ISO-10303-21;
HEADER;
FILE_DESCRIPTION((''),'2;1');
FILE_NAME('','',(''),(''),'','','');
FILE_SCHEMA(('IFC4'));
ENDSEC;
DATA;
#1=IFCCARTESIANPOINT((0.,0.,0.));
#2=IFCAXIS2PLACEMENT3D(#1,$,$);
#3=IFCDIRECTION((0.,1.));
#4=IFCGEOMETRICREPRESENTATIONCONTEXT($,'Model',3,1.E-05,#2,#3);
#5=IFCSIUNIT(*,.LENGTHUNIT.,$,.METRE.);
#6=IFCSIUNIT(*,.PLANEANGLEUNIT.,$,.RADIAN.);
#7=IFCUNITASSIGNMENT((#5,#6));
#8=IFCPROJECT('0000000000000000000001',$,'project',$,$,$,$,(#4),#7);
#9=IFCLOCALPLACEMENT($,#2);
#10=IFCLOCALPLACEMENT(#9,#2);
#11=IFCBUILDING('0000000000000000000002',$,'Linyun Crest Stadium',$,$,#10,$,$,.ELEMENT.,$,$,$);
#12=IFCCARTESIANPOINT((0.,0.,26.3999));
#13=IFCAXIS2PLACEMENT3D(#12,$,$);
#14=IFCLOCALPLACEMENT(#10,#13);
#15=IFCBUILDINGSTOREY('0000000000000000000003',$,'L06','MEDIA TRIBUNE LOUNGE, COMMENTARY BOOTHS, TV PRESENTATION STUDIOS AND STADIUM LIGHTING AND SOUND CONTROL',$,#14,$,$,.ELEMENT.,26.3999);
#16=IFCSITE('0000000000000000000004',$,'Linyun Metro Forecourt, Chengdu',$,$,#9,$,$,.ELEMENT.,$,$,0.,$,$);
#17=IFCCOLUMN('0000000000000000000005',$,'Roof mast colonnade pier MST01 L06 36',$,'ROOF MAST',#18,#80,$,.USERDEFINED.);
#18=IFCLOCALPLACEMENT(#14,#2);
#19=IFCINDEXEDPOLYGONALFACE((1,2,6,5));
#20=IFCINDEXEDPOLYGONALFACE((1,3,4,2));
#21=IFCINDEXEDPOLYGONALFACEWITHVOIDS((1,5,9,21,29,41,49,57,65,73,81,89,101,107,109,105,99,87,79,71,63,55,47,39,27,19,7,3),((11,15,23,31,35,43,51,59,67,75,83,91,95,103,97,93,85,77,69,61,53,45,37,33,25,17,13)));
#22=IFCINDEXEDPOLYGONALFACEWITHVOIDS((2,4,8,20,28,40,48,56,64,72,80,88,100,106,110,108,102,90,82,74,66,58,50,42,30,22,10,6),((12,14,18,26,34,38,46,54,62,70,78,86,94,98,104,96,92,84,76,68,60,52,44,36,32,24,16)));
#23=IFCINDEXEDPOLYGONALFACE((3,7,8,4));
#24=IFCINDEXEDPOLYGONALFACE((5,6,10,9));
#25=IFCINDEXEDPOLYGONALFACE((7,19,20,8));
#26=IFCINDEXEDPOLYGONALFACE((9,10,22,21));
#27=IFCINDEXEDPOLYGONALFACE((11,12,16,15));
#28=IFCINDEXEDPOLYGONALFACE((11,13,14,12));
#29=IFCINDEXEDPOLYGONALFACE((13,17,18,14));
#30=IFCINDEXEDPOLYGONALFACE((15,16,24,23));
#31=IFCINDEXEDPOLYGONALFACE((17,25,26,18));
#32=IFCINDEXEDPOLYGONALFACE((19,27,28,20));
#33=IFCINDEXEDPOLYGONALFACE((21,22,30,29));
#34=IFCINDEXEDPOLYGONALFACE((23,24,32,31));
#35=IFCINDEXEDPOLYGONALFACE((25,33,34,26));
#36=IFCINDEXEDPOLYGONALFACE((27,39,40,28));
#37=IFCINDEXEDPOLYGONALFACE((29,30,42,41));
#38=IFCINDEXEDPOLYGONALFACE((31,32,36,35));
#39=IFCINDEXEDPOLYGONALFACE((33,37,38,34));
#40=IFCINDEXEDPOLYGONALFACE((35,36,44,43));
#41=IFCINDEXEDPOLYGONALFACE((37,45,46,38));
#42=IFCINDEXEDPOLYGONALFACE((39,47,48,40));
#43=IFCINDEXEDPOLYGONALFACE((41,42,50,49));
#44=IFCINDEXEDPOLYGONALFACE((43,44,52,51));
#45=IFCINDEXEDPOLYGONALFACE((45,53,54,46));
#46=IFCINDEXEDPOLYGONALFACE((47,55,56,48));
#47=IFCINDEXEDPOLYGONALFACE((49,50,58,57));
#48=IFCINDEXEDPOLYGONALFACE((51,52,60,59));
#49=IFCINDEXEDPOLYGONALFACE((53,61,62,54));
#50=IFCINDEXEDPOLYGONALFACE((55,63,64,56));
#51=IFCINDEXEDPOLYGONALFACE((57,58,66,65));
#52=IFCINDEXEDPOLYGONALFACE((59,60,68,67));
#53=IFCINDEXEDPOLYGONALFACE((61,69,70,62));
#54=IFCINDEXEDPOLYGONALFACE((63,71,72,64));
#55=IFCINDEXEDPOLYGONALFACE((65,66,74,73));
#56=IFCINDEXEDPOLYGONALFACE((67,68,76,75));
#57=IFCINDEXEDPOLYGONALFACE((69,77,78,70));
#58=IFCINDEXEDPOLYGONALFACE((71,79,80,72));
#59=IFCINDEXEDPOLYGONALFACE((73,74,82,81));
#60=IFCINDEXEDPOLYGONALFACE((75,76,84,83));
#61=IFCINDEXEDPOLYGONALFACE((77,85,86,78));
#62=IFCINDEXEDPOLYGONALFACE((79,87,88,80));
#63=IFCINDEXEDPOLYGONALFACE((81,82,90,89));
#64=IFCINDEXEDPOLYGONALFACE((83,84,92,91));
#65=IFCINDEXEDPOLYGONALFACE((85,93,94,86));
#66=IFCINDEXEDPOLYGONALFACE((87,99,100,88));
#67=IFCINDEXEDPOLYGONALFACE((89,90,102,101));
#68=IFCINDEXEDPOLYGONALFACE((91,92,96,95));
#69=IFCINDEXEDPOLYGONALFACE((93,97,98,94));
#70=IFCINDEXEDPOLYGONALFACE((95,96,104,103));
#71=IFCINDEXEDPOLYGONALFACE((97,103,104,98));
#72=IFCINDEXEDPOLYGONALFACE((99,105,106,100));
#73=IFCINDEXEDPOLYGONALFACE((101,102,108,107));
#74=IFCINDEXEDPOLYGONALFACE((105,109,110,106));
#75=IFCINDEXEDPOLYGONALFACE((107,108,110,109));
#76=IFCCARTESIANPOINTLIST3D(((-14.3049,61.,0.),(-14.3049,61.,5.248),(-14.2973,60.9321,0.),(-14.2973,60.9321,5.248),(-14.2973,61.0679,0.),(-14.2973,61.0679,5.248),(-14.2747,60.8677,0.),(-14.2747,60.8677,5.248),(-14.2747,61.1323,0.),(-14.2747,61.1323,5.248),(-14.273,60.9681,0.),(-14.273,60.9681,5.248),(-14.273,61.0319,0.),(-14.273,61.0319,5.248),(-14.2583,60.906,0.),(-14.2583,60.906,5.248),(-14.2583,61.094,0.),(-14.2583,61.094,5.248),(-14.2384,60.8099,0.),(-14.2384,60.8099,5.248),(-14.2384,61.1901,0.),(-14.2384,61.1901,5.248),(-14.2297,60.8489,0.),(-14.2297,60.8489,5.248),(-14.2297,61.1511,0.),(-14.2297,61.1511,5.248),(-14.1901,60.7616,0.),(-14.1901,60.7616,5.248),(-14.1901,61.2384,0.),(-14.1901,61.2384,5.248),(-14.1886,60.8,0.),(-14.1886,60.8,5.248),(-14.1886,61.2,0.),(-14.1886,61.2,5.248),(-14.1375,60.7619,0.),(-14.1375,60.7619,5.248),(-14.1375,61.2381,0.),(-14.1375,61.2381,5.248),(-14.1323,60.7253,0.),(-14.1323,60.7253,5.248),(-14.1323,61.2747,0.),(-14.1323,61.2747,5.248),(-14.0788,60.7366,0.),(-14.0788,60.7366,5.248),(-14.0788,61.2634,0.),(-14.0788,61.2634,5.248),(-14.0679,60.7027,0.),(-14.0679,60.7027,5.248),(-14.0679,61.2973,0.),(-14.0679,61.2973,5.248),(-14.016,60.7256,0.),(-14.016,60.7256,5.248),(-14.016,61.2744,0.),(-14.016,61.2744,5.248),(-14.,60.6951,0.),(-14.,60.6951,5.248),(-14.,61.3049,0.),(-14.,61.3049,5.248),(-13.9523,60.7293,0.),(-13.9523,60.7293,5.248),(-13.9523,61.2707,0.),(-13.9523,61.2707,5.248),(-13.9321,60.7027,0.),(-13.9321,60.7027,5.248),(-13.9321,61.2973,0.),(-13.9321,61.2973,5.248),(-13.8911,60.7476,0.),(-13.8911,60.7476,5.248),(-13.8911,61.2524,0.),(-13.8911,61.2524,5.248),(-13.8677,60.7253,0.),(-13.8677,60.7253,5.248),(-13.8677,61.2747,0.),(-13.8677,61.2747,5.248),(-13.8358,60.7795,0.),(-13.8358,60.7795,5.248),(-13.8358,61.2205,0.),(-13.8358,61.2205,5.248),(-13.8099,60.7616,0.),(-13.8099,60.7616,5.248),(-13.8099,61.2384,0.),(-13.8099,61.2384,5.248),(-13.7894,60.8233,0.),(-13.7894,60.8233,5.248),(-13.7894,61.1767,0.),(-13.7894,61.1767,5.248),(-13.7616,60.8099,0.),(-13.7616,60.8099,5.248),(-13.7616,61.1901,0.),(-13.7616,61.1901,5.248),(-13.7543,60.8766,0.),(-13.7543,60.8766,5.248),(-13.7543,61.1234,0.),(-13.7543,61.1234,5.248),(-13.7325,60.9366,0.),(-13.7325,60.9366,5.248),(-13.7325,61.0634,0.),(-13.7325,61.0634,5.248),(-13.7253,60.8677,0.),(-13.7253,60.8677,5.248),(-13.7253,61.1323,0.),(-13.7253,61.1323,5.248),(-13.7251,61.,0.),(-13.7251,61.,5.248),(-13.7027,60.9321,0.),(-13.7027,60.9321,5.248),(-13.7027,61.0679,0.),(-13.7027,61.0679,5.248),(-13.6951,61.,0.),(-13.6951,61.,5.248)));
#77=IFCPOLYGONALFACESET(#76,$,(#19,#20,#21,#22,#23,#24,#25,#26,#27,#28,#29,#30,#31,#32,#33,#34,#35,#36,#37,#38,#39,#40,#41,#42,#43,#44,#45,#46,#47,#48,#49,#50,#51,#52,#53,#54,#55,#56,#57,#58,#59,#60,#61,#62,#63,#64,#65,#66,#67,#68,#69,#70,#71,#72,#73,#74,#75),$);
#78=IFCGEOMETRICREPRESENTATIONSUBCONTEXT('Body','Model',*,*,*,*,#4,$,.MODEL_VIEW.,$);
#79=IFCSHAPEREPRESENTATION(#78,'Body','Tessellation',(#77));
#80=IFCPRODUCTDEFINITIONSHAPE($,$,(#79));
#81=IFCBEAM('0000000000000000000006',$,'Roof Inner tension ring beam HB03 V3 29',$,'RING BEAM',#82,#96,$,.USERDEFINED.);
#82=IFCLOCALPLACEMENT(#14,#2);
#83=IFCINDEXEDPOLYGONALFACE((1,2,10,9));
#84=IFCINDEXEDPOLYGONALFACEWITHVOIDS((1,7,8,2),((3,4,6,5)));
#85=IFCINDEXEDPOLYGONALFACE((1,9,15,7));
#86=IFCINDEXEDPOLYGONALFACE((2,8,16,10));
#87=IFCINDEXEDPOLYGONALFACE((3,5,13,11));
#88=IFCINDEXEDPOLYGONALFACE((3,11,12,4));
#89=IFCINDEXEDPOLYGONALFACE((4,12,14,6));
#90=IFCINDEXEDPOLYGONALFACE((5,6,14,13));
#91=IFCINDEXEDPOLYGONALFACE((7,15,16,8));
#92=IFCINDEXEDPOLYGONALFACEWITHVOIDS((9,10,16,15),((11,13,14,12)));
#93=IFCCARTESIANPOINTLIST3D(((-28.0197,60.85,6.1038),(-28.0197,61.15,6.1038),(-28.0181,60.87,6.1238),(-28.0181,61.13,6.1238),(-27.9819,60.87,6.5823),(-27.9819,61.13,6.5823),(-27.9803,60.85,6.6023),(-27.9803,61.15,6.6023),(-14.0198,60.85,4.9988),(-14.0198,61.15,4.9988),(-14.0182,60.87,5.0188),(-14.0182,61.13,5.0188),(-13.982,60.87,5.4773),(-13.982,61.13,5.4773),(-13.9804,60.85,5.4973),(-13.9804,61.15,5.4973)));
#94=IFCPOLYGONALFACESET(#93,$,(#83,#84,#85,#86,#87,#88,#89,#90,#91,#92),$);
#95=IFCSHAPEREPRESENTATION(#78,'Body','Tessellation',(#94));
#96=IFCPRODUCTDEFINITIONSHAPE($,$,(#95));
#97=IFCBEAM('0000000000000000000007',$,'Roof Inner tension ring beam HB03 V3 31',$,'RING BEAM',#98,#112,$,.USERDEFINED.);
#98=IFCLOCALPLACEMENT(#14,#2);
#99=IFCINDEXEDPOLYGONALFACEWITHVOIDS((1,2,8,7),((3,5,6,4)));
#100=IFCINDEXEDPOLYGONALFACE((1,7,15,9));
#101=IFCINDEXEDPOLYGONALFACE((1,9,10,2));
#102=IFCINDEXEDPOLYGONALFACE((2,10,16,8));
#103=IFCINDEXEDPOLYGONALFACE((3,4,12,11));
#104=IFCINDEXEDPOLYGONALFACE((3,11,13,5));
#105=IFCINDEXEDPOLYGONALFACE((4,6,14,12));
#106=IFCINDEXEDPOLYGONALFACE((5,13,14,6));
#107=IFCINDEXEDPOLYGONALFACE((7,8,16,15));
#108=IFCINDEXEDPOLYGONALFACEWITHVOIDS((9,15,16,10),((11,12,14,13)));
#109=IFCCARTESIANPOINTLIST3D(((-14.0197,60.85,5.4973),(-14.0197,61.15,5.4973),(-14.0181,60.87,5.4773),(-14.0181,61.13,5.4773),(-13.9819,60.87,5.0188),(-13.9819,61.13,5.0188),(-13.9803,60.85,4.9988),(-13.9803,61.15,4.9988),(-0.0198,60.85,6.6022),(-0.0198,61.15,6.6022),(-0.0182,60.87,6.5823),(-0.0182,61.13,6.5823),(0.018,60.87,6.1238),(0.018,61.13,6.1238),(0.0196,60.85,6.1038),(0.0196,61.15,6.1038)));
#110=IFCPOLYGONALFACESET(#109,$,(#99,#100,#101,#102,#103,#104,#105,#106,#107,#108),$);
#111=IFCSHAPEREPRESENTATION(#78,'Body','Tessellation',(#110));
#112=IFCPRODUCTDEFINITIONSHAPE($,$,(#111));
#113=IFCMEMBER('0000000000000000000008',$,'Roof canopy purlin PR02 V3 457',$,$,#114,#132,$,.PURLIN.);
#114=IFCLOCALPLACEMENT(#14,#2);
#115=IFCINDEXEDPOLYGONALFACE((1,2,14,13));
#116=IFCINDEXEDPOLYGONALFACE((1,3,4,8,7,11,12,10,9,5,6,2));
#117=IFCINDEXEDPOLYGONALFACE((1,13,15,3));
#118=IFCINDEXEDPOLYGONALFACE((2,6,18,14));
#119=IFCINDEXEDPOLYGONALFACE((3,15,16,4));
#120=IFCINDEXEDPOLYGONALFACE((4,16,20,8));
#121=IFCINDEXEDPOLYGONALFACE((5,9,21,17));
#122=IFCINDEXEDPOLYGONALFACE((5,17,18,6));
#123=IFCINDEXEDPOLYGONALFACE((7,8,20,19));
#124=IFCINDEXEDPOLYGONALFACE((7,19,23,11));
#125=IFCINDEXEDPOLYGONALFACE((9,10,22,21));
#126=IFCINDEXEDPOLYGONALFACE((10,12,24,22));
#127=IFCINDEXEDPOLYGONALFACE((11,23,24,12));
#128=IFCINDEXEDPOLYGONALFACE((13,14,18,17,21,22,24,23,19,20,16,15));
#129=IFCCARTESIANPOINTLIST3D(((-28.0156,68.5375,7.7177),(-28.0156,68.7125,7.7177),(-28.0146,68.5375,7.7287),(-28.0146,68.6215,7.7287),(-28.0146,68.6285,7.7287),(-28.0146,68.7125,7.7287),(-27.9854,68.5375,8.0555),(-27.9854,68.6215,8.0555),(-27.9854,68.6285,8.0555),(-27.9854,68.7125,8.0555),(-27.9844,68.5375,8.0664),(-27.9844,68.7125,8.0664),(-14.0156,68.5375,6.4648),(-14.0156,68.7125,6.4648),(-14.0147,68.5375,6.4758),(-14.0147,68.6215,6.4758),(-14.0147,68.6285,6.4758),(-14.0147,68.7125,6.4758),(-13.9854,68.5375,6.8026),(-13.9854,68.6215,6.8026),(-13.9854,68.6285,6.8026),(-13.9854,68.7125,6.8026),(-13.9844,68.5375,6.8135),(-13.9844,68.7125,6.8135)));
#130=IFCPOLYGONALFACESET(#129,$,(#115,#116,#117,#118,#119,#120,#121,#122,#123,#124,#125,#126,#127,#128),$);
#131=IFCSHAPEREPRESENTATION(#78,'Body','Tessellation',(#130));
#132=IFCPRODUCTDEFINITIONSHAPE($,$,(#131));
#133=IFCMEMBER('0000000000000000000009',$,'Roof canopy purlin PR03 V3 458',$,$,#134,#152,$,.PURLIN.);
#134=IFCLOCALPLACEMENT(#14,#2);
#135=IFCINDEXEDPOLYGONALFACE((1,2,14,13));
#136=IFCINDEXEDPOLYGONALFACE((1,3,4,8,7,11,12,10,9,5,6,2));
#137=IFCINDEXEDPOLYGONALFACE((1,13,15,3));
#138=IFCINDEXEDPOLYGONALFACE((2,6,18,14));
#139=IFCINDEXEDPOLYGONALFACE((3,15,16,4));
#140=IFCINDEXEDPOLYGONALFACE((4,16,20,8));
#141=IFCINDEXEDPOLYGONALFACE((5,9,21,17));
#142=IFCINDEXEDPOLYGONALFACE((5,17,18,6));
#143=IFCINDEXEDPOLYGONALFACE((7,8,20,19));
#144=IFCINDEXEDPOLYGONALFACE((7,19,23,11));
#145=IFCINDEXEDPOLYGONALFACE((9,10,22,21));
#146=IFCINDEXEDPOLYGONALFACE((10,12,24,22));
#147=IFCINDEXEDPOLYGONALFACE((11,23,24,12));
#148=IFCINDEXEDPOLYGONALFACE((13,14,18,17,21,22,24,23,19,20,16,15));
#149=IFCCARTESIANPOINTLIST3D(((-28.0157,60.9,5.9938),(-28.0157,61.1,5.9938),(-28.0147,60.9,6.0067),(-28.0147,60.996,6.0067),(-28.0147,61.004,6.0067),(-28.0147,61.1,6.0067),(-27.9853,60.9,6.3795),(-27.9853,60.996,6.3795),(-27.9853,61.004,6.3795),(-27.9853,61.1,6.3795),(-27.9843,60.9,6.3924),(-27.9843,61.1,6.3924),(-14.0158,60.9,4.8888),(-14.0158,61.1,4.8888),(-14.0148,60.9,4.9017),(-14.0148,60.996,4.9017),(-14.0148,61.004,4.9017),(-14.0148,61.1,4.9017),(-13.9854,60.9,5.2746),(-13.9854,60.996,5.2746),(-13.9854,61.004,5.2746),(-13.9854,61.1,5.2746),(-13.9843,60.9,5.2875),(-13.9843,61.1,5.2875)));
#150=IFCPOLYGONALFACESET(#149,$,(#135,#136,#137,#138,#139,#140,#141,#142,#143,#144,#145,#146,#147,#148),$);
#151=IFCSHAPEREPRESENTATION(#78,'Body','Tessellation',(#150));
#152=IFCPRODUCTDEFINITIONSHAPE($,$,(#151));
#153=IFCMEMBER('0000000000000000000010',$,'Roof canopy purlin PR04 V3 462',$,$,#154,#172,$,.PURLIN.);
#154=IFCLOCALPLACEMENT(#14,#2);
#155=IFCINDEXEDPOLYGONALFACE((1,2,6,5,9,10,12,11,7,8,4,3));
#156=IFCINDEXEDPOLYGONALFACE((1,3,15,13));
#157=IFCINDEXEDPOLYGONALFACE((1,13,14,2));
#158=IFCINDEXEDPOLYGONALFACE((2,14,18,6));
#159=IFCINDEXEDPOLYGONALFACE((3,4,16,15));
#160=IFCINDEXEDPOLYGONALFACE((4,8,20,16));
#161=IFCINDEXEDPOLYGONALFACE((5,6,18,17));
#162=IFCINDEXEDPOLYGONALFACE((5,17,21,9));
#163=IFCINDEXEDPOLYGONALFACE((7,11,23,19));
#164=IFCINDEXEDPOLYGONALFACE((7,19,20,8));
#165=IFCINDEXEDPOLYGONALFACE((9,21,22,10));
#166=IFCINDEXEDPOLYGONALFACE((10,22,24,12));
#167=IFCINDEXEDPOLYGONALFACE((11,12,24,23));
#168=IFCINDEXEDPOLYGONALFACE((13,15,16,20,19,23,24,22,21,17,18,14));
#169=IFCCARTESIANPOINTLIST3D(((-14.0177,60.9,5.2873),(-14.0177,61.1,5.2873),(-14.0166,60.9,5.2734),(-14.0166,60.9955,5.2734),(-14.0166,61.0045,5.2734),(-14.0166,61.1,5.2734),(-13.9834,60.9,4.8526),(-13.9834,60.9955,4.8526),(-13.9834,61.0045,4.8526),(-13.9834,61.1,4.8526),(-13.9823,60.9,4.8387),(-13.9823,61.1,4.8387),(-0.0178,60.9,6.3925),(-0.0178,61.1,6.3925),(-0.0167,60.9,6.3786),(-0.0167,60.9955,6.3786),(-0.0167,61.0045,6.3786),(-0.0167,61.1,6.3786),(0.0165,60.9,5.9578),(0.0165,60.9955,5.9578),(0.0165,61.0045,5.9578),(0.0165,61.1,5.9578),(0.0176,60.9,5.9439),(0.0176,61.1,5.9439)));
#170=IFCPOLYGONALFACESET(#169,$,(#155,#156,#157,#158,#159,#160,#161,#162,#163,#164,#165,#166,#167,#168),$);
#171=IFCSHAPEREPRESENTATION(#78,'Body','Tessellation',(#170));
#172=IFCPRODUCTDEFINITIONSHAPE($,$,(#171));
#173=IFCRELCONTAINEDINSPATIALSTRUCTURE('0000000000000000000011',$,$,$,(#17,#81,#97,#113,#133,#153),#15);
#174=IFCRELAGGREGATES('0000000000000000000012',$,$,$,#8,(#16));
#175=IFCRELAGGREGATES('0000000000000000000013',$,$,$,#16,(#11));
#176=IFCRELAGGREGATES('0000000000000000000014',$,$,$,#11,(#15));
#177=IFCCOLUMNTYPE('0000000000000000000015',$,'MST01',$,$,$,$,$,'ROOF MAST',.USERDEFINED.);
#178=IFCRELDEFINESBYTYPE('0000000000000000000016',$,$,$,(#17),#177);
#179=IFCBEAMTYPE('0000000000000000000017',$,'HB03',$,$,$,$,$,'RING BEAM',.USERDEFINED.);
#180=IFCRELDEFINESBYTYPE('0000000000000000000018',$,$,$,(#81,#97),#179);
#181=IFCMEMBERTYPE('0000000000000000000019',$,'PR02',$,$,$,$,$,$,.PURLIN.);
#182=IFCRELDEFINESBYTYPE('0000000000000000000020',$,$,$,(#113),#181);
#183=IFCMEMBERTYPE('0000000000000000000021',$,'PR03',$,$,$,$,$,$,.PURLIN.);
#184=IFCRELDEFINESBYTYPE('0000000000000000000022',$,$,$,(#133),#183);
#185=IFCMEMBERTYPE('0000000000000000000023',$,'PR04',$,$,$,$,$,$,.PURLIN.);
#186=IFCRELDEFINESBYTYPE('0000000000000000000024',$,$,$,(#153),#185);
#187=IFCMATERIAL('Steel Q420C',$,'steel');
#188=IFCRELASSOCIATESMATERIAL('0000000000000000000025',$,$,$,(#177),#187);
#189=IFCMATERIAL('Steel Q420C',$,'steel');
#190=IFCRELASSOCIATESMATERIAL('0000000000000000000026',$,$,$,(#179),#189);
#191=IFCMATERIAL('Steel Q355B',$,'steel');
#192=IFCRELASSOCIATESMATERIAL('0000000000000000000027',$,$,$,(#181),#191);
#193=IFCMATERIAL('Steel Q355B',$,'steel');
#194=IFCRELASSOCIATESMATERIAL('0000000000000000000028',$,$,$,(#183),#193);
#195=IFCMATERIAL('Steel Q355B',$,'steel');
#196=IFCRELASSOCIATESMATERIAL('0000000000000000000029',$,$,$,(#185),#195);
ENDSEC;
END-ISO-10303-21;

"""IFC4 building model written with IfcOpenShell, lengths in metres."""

from ifc_helpers import new_model, si_unit, direction, frame, origin, origin_2d, place, context, subcontext, project, spatial, hollow_rectangle, hollow_circle, i_section, extrude, material, material_profile, profile_set, type_object, element, save


model = new_model("IFC4")

# Units and contexts
model_context = context("Model", 3, precision=1e-05, world=origin(), true_north=direction((0.0, 1.0)))
body_context = subcontext(model_context, "Body", "Model", "MODEL_VIEW")
ifc_project = project(units=[si_unit("LENGTHUNIT", "METRE"), si_unit("PLANEANGLEUNIT", "RADIAN")], contexts=[model_context])

# Site, building, storey
site_placement = place(None, origin())
site = spatial("IfcSite", under=ifc_project, at=site_placement, Name="Linyun Metro Forecourt, Chengdu", CompositionType="ELEMENT", RefElevation=0.0)
building_placement = place(site_placement, origin())
building = spatial("IfcBuilding", under=site, at=building_placement, Name="Linyun Crest Stadium", CompositionType="ELEMENT")
storey_placement = place(building_placement, frame((0.0, 0.0, 26.3999)))
storey = spatial("IfcBuildingStorey", under=building, at=storey_placement, Name="L06", Description="MEDIA TRIBUNE LOUNGE, COMMENTARY BOOTHS, TV PRESENTATION STUDIOS AND STADIUM LIGHTING AND SOUND CONTROL", CompositionType="ELEMENT", Elevation=26.3999)

# Column
ifc_material_1 = material(Name="Steel Q420C", Category="steel")
ifc_material_profile_1 = material_profile(ifc_material_1, hollow_circle(Radius=0.3049, WallThickness=0.03, at=origin_2d()), Name="CHS 610x30")
ifc_profile_set_1 = profile_set([ifc_material_profile_1], Name="Steel Q420C")
column_type = type_object("IfcColumnType", Name="MST01", ElementType="ROOF MAST", PredefinedType="USERDEFINED", material=ifc_profile_set_1)
column_placement = place(storey_placement, frame((-14.0, 61.0, 0.0), z_axis=(0.0, 0.0, 1.0), x_axis=(1.0, 0.0, 0.0)))
element("IfcColumn", 1, at=column_placement, inside=storey, type_object=column_type, Name="Roof mast colonnade pier MST01 L06 36", ObjectType="ROOF MAST", PredefinedType="USERDEFINED", context=body_context, shape_type="SweptSolid", body=[
    extrude(hollow_circle(Radius=0.3049, WallThickness=0.03, at=origin_2d()), origin(), (0.0, 0.0, 1.0), 5.248),
])

# Beams
ifc_material_2 = material(Name="Steel Q420C", Category="steel")
ifc_material_profile_2 = material_profile(ifc_material_2, hollow_rectangle(XDim=0.3, YDim=0.5, WallThickness=0.02, at=origin_2d()), Name="RHS 500x300x20")
ifc_profile_set_2 = profile_set([ifc_material_profile_2], Name="Steel Q420C")
beam_type = type_object("IfcBeamType", Name="HB03", ElementType="RING BEAM", PredefinedType="USERDEFINED", material=ifc_profile_set_2)
for number, where, z_axis, x_axis, name in (
    (2, (-28.0, 61.0, 6.353), (0.9969, 0.0, -0.078682), (0.0, 1.0, 0.0), "Roof Inner tension ring beam HB03 V3 29"),
    (3, (-14.0, 61.0, 5.248), (0.9969, 0.0, 0.078682), (0.0, 1.0, 0.0), "Roof Inner tension ring beam HB03 V3 31"),
):
    element("IfcBeam", number, at=place(storey_placement, frame(where, z_axis=z_axis, x_axis=x_axis)), inside=storey, type_object=beam_type, Name=name, ObjectType="RING BEAM", PredefinedType="USERDEFINED", context=body_context, shape_type="SweptSolid", body=[
        extrude(hollow_rectangle(XDim=0.3, YDim=0.5, WallThickness=0.02, at=origin_2d()), origin(), (0.0, 0.0, 1.0), 14.0435),
    ])

# Members
ifc_material_3 = material(Name="Steel Q355B", Category="steel")
ifc_material_profile_3 = material_profile(ifc_material_3, i_section(OverallWidth=0.175, OverallDepth=0.3501, WebThickness=0.0071, FlangeThickness=0.011, at=origin_2d()), Name="HN 350x175")
ifc_profile_set_3 = profile_set([ifc_material_profile_3], Name="Steel Q355B")
member_type_1 = type_object("IfcMemberType", Name="PR02", PredefinedType="PURLIN", material=ifc_profile_set_3)
member_1_placement = place(storey_placement, frame((-28.0, 68.625, 7.8921), z_axis=(0.996019, 0.0, -0.089139), x_axis=(0.0, 1.0, 0.0)))
element("IfcMember", 4, at=member_1_placement, inside=storey, type_object=member_type_1, Name="Roof canopy purlin PR02 V3 457", PredefinedType="PURLIN", context=body_context, shape_type="SweptSolid", body=[
    extrude(i_section(OverallWidth=0.175, OverallDepth=0.3501, WebThickness=0.0071, FlangeThickness=0.011, at=origin_2d()), origin(), (0.0, 0.0, 1.0), 14.0559),
])
ifc_material_4 = material(Name="Steel Q355B", Category="steel")
ifc_material_profile_4 = material_profile(ifc_material_4, i_section(OverallWidth=0.2, OverallDepth=0.3999, WebThickness=0.0081, FlangeThickness=0.0129, at=origin_2d()), Name="HN 400x200")
ifc_profile_set_4 = profile_set([ifc_material_profile_4], Name="Steel Q355B")
member_type_2 = type_object("IfcMemberType", Name="PR03", PredefinedType="PURLIN", material=ifc_profile_set_4)
member_2_placement = place(storey_placement, frame((-28.0, 61.0, 6.1931), z_axis=(0.9969, 0.0, -0.078682), x_axis=(0.0, 1.0, 0.0)))
element("IfcMember", 5, at=member_2_placement, inside=storey, type_object=member_type_2, Name="Roof canopy purlin PR03 V3 458", PredefinedType="PURLIN", context=body_context, shape_type="SweptSolid", body=[
    extrude(i_section(OverallWidth=0.2, OverallDepth=0.3999, WebThickness=0.0081, FlangeThickness=0.0129, at=origin_2d()), origin(), (0.0, 0.0, 1.0), 14.0435),
])
ifc_material_5 = material(Name="Steel Q355B", Category="steel")
ifc_material_profile_5 = material_profile(ifc_material_5, i_section(OverallWidth=0.2, OverallDepth=0.45, WebThickness=0.009, FlangeThickness=0.0139, at=origin_2d()), Name="HN 450x200")
ifc_profile_set_5 = profile_set([ifc_material_profile_5], Name="Steel Q355B")
member_type_3 = type_object("IfcMemberType", Name="PR04", PredefinedType="PURLIN", material=ifc_profile_set_5)
member_3_placement = place(storey_placement, frame((-14.0, 61.0, 5.063), z_axis=(0.996898, 0.0, 0.0787), x_axis=(0.0, 1.0, 0.0)))
element("IfcMember", 6, at=member_3_placement, inside=storey, type_object=member_type_3, Name="Roof canopy purlin PR04 V3 462", PredefinedType="PURLIN", context=body_context, shape_type="SweptSolid", body=[
    extrude(i_section(OverallWidth=0.2, OverallDepth=0.45, WebThickness=0.009, FlangeThickness=0.0139, at=origin_2d()), origin(), (0.0, 0.0, 1.0), 14.0435),
])

save(model, "model.ifc")
